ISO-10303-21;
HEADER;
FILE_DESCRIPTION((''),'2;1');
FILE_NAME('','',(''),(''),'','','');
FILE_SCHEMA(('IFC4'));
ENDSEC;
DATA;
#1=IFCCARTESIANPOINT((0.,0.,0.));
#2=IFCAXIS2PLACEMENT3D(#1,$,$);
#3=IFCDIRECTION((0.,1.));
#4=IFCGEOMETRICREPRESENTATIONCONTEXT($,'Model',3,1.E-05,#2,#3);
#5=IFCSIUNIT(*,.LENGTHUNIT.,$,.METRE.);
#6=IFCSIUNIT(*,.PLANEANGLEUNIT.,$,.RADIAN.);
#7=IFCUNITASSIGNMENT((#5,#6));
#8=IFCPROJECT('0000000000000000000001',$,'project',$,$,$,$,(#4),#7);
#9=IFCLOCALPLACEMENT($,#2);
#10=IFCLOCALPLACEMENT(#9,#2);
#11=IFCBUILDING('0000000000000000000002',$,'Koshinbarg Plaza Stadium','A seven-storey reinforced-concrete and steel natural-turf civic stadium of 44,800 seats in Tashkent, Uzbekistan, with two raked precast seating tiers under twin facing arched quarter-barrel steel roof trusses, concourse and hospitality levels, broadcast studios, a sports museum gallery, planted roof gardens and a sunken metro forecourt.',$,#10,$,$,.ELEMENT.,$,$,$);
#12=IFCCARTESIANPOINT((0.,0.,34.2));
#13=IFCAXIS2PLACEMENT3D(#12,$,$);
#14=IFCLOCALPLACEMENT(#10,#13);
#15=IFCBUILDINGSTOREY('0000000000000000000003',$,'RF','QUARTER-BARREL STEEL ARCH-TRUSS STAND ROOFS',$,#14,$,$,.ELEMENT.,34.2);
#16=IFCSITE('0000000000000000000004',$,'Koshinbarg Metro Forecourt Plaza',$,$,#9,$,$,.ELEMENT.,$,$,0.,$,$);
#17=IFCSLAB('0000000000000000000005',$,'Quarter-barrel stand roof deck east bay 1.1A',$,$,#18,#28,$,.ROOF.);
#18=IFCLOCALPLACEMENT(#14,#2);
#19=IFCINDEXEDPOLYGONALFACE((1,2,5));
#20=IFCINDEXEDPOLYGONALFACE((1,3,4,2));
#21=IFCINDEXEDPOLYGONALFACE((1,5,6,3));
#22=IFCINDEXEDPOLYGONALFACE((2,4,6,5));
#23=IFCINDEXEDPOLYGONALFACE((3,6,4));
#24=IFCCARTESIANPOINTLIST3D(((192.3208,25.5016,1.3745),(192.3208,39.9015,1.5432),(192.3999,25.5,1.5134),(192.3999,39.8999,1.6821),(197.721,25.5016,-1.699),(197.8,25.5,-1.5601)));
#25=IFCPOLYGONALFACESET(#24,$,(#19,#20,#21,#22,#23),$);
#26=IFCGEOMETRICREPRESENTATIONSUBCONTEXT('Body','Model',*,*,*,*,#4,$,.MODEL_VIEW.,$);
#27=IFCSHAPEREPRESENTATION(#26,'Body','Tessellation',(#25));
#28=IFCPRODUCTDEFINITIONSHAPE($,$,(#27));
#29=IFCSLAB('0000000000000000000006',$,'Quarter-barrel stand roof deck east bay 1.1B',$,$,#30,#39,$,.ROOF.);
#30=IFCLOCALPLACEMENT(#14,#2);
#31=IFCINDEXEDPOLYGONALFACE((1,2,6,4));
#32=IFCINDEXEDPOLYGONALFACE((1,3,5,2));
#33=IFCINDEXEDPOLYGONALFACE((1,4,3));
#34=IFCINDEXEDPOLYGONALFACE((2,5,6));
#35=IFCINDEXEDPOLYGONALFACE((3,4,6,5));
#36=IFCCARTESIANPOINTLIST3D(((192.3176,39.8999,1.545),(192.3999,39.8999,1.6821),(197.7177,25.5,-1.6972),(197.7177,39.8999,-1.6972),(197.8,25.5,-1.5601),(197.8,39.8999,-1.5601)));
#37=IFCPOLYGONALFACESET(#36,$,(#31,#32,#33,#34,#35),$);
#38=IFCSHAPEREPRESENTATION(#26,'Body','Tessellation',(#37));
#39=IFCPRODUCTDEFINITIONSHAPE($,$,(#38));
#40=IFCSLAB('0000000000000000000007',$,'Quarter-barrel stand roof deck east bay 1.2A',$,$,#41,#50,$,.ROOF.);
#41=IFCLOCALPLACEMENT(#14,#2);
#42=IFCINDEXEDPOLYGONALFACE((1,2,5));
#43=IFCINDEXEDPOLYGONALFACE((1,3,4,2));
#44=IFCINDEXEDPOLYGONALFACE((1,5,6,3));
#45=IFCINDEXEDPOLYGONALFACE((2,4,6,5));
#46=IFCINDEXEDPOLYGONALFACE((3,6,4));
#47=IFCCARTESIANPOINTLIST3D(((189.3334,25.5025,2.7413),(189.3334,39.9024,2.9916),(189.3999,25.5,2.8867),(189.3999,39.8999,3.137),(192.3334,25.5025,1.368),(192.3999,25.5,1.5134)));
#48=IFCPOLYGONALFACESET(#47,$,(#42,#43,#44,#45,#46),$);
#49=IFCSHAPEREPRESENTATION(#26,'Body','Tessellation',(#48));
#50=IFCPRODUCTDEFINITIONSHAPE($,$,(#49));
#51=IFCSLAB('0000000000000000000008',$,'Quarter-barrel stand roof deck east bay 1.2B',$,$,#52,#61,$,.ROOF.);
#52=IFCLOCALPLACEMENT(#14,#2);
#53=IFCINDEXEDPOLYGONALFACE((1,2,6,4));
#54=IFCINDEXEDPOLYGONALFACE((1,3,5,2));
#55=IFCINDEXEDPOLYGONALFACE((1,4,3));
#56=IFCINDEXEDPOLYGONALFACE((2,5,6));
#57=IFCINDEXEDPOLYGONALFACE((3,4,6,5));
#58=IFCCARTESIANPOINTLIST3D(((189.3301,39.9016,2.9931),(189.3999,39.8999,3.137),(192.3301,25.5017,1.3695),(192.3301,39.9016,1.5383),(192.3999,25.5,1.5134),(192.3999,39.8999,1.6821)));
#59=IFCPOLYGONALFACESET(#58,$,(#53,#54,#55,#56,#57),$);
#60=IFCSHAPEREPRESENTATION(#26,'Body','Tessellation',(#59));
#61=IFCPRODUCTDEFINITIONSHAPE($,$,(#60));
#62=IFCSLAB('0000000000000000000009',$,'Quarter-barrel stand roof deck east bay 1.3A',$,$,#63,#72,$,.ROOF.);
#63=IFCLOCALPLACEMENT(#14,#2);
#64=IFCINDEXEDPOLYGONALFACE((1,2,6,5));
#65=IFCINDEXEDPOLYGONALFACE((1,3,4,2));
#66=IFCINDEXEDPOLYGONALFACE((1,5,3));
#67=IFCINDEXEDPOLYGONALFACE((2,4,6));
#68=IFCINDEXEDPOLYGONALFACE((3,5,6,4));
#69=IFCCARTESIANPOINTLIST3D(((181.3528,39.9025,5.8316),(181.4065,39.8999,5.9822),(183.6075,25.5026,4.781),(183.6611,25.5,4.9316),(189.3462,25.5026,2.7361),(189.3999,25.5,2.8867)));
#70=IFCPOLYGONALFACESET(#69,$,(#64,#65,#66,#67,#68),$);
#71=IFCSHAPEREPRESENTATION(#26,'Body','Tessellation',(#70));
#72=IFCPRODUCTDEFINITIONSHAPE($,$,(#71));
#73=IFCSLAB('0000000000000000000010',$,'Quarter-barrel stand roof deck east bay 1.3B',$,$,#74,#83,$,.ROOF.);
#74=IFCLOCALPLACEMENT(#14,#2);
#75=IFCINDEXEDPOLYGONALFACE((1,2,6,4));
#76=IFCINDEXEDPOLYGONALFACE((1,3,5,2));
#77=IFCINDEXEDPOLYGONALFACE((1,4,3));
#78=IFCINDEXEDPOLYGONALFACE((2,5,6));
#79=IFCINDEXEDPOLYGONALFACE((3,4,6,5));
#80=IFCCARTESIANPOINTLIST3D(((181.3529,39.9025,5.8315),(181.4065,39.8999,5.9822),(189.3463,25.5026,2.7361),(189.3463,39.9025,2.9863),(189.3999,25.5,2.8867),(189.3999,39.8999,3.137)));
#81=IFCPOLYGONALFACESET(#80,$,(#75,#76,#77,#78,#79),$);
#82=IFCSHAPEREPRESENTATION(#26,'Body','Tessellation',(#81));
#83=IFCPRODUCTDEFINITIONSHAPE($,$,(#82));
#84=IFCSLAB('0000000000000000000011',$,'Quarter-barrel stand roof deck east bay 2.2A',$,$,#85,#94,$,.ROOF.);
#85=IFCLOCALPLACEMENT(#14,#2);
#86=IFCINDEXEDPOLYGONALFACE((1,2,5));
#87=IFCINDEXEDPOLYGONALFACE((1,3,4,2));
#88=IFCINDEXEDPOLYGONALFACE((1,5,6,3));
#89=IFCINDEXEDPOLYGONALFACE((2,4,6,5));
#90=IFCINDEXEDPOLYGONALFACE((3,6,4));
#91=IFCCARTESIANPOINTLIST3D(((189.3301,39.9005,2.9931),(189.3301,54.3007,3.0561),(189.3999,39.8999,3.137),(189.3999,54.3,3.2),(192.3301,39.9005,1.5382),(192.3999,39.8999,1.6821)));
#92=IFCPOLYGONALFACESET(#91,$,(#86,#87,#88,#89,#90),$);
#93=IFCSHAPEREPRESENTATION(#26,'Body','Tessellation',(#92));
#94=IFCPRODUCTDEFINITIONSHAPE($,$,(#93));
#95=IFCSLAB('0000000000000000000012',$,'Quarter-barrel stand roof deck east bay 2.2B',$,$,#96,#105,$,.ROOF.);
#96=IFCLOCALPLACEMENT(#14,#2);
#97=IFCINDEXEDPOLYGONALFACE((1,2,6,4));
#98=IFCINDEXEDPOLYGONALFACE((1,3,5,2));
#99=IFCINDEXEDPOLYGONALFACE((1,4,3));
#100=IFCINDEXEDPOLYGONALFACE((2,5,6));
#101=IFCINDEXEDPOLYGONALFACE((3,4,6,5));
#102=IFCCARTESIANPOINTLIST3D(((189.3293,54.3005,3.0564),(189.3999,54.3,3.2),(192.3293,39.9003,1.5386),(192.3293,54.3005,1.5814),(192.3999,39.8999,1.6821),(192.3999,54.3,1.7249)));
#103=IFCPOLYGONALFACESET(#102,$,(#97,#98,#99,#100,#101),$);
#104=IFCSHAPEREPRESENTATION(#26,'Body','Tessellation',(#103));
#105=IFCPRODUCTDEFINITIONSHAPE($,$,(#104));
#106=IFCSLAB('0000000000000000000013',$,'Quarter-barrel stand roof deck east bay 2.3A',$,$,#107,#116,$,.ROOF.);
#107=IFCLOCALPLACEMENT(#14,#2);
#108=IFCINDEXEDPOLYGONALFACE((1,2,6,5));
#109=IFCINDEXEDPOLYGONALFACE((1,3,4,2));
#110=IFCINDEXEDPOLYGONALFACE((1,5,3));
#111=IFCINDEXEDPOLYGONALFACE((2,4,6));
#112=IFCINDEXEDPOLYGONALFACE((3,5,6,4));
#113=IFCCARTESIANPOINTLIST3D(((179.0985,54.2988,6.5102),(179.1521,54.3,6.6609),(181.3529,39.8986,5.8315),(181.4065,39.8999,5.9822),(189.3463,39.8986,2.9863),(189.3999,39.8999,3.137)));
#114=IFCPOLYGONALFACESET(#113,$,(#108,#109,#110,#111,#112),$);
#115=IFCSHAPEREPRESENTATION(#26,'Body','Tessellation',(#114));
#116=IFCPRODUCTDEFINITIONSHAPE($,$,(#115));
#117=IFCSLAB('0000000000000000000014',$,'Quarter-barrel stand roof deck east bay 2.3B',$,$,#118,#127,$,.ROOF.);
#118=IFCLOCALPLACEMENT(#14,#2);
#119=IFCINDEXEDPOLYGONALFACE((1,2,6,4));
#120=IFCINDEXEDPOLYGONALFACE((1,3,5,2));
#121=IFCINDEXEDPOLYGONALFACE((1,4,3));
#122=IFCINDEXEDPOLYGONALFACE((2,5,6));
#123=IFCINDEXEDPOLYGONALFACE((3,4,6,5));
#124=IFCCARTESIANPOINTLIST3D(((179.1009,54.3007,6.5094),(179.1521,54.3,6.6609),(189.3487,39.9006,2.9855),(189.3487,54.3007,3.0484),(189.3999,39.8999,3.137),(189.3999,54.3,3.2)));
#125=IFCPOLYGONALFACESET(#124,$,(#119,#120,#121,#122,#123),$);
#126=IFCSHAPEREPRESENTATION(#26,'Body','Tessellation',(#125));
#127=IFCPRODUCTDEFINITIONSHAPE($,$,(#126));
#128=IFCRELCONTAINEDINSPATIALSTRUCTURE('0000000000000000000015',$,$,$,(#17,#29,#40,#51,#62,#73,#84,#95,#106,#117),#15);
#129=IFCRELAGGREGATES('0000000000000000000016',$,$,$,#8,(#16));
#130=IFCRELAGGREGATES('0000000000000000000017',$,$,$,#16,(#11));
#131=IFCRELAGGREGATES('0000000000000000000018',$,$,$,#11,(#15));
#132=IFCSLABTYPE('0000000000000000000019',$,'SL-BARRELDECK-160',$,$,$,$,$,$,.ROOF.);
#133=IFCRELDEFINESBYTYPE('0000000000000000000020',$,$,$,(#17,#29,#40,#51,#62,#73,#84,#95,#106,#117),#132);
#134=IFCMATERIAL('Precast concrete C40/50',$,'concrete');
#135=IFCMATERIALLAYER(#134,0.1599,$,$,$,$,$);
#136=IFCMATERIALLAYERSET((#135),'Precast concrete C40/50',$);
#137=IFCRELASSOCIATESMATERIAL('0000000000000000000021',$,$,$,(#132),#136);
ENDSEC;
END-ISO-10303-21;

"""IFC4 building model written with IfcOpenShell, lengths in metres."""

from ifc_helpers import new_model, si_unit, direction, frame, origin, place, context, subcontext, project, spatial, polyline, outline, extrude, material, layer, layer_set, type_object, element, save


model = new_model("IFC4")

# Units and contexts
model_context = context("Model", 3, precision=1e-05, world=origin(), true_north=direction((0.0, 1.0)))
body_context = subcontext(model_context, "Body", "Model", "MODEL_VIEW")
ifc_project = project(units=[si_unit("LENGTHUNIT", "METRE"), si_unit("PLANEANGLEUNIT", "RADIAN")], contexts=[model_context])

# Site, building, storey
site_placement = place(None, origin())
site = spatial("IfcSite", under=ifc_project, at=site_placement, Name="Koshinbarg Metro Forecourt Plaza", CompositionType="ELEMENT", RefElevation=0.0)
building_placement = place(site_placement, origin())
building = spatial("IfcBuilding", under=site, at=building_placement, Name="Koshinbarg Plaza Stadium", Description="A seven-storey reinforced-concrete and steel natural-turf civic stadium of 44,800 seats in Tashkent, Uzbekistan, with two raked precast seating tiers under twin facing arched quarter-barrel steel roof trusses, concourse and hospitality levels, broadcast studios, a sports museum gallery, planted roof gardens and a sunken metro forecourt.", CompositionType="ELEMENT")
storey_placement = place(building_placement, frame((0.0, 0.0, 34.2)))
storey = spatial("IfcBuildingStorey", under=building, at=storey_placement, Name="RF", Description="QUARTER-BARREL STEEL ARCH-TRUSS STAND ROOFS", CompositionType="ELEMENT", Elevation=34.2)

# Slabs
ifc_material_1 = material(Name="Precast concrete C40/50", Category="concrete")
ifc_layer_1 = layer(ifc_material_1, 0.1599)
ifc_layer_set_1 = layer_set([ifc_layer_1], Name="Precast concrete C40/50")
slab_type = type_object("IfcSlabType", Name="SL-BARRELDECK-160", PredefinedType="ROOF", material=ifc_layer_set_1)
slab_1_placement = place(storey_placement, frame((197.8, 25.5, -1.5601), z_axis=(0.494619, -0.010181, 0.86905), x_axis=(-0.869095, 0.0, 0.494645)))
element("IfcSlab", 1, at=slab_1_placement, inside=storey, type_object=slab_type, Name="Quarter-barrel stand roof deck east bay 1.1A", PredefinedType="ROOF", context=body_context, shape_type="SweptSolid", body=[
    extrude(outline(polyline([(0.0, 0.0), (6.2135, 0.0), (6.297, -14.4006), (0.0, 0.0)])), origin(), (0.0, 0.0, -1.0), 0.1599),
])
slab_2_placement = place(storey_placement, frame((197.8, 25.5, -1.5601), z_axis=(0.514741, 0.0, 0.857346), x_axis=(-0.343582, 0.916187, 0.206283)))
element("IfcSlab", 2, at=slab_2_placement, inside=storey, type_object=slab_type, Name="Quarter-barrel stand roof deck east bay 1.1B", PredefinedType="ROOF", context=body_context, shape_type="SweptSolid", body=[
    extrude(outline(polyline([(0.0, 0.0), (15.7172, 0.0), (13.193, -5.7708), (0.0, 0.0)])), origin(), (0.0, 0.0, -1.0), 0.1599),
])
slab_3_placement = place(storey_placement, frame((192.3999, 25.5, 1.5134), z_axis=(0.416175, -0.015799, 0.909147), x_axis=(-0.909261, 0.0, 0.416227)))
element("IfcSlab", 3, at=slab_3_placement, inside=storey, type_object=slab_type, Name="Quarter-barrel stand roof deck east bay 1.2A", PredefinedType="ROOF", context=body_context, shape_type="SweptSolid", body=[
    extrude(outline(polyline([(0.0, 0.0), (3.2994, 0.0), (3.4035, -14.4017), (0.0, 0.0)])), origin(), (0.0, 0.0, -1.0), 0.1599),
])
slab_4_placement = place(storey_placement, frame((192.3999, 25.5, 1.5134), z_axis=(0.436319, -0.010541, 0.89973), x_axis=(-0.202724, 0.973071, 0.10971)))
element("IfcSlab", 4, at=slab_4_placement, inside=storey, type_object=slab_type, Name="Quarter-barrel stand roof deck east bay 1.2B", PredefinedType="ROOF", context=body_context, shape_type="SweptSolid", body=[
    extrude(outline(polyline([(0.0, 0.0), (14.7984, 0.0), (14.0306, -3.2445), (0.0, 0.0)])), origin(), (0.0, 0.0, -1.0), 0.1599),
])
slab_5_placement = place(storey_placement, frame((189.3999, 25.5, 2.8867), z_axis=(0.335617, -0.016164, 0.94186), x_axis=(-0.941983, 0.0, 0.335661)))
element("IfcSlab", 5, at=slab_5_placement, inside=storey, type_object=slab_type, Name="Quarter-barrel stand roof deck east bay 1.3A", PredefinedType="ROOF", context=body_context, shape_type="SweptSolid", body=[
    extrude(outline(polyline([(0.0, 0.0), (6.0922, 0.0), (8.5687, -14.4018), (0.0, 0.0)])), origin(), (0.0, 0.0, -1.0), 0.1599),
])
slab_6_placement = place(storey_placement, frame((189.3999, 25.5, 2.8867), z_axis=(0.335291, -0.01637, 0.941973), x_axis=(-0.476988, 0.859281, 0.184714)))
element("IfcSlab", 6, at=slab_6_placement, inside=storey, type_object=slab_type, Name="Quarter-barrel stand roof deck east bay 1.3B", PredefinedType="ROOF", context=body_context, shape_type="SweptSolid", body=[
    extrude(outline(polyline([(0.0, 0.0), (16.7581, 0.0), (12.4198, -7.2917), (0.0, 0.0)])), origin(), (0.0, 0.0, -1.0), 0.1599),
])
slab_7_placement = place(storey_placement, frame((192.3999, 39.8999, 1.6821), z_axis=(0.43634, -0.003936, 0.899773), x_axis=(-0.89978, 0.0, 0.436344)))
element("IfcSlab", 7, at=slab_7_placement, inside=storey, type_object=slab_type, Name="Quarter-barrel stand roof deck east bay 2.2A", PredefinedType="ROOF", context=body_context, shape_type="SweptSolid", body=[
    extrude(outline(polyline([(0.0, 0.0), (3.3341, 0.0), (3.3616, -14.4003), (0.0, 0.0)])), origin(), (0.0, 0.0, -1.0), 0.1599),
])
slab_8_placement = place(storey_placement, frame((192.3999, 39.8999, 1.6821), z_axis=(0.441243, -0.002662, 0.897384), x_axis=(-0.202875, 0.97381, 0.102643)))
element("IfcSlab", 8, at=slab_8_placement, inside=storey, type_object=slab_type, Name="Quarter-barrel stand roof deck east bay 2.2B", PredefinedType="ROOF", context=body_context, shape_type="SweptSolid", body=[
    extrude(outline(polyline([(0.0, 0.0), (14.7874, 0.0), (14.0274, -3.2555), (0.0, 0.0)])), origin(), (0.0, 0.0, -1.0), 0.1599),
])
slab_9_placement = place(storey_placement, frame((189.3999, 39.8999, 3.137), z_axis=(0.335325, 0.008094, 0.942068), x_axis=(-0.942099, 0.0, 0.335335)))
element("IfcSlab", 9, at=slab_9_placement, inside=storey, type_object=slab_type, Name="Quarter-barrel stand roof deck east bay 2.3A", PredefinedType="ROOF", context=body_context, shape_type="SweptSolid", body=[
    extrude(outline(polyline([(0.0, 0.0), (8.4847, 0.0), (10.8361, -14.4006), (0.0, 0.0)])), origin(), (0.0, 0.0, -1.0), 0.1599),
])
slab_10_placement = place(storey_placement, frame((189.3999, 39.8999, 3.137), z_axis=(0.319967, -0.004144, 0.94742), x_axis=(-0.568621, 0.799023, 0.195532)))
element("IfcSlab", 10, at=slab_10_placement, inside=storey, type_object=slab_type, Name="Quarter-barrel stand roof deck east bay 2.3B", PredefinedType="ROOF", context=body_context, shape_type="SweptSolid", body=[
    extrude(outline(polyline([(0.0, 0.0), (18.0222, 0.0), (11.5184, -8.6427), (0.0, 0.0)])), origin(), (0.0, 0.0, -1.0), 0.1599),
])

save(model, "model.ifc")
